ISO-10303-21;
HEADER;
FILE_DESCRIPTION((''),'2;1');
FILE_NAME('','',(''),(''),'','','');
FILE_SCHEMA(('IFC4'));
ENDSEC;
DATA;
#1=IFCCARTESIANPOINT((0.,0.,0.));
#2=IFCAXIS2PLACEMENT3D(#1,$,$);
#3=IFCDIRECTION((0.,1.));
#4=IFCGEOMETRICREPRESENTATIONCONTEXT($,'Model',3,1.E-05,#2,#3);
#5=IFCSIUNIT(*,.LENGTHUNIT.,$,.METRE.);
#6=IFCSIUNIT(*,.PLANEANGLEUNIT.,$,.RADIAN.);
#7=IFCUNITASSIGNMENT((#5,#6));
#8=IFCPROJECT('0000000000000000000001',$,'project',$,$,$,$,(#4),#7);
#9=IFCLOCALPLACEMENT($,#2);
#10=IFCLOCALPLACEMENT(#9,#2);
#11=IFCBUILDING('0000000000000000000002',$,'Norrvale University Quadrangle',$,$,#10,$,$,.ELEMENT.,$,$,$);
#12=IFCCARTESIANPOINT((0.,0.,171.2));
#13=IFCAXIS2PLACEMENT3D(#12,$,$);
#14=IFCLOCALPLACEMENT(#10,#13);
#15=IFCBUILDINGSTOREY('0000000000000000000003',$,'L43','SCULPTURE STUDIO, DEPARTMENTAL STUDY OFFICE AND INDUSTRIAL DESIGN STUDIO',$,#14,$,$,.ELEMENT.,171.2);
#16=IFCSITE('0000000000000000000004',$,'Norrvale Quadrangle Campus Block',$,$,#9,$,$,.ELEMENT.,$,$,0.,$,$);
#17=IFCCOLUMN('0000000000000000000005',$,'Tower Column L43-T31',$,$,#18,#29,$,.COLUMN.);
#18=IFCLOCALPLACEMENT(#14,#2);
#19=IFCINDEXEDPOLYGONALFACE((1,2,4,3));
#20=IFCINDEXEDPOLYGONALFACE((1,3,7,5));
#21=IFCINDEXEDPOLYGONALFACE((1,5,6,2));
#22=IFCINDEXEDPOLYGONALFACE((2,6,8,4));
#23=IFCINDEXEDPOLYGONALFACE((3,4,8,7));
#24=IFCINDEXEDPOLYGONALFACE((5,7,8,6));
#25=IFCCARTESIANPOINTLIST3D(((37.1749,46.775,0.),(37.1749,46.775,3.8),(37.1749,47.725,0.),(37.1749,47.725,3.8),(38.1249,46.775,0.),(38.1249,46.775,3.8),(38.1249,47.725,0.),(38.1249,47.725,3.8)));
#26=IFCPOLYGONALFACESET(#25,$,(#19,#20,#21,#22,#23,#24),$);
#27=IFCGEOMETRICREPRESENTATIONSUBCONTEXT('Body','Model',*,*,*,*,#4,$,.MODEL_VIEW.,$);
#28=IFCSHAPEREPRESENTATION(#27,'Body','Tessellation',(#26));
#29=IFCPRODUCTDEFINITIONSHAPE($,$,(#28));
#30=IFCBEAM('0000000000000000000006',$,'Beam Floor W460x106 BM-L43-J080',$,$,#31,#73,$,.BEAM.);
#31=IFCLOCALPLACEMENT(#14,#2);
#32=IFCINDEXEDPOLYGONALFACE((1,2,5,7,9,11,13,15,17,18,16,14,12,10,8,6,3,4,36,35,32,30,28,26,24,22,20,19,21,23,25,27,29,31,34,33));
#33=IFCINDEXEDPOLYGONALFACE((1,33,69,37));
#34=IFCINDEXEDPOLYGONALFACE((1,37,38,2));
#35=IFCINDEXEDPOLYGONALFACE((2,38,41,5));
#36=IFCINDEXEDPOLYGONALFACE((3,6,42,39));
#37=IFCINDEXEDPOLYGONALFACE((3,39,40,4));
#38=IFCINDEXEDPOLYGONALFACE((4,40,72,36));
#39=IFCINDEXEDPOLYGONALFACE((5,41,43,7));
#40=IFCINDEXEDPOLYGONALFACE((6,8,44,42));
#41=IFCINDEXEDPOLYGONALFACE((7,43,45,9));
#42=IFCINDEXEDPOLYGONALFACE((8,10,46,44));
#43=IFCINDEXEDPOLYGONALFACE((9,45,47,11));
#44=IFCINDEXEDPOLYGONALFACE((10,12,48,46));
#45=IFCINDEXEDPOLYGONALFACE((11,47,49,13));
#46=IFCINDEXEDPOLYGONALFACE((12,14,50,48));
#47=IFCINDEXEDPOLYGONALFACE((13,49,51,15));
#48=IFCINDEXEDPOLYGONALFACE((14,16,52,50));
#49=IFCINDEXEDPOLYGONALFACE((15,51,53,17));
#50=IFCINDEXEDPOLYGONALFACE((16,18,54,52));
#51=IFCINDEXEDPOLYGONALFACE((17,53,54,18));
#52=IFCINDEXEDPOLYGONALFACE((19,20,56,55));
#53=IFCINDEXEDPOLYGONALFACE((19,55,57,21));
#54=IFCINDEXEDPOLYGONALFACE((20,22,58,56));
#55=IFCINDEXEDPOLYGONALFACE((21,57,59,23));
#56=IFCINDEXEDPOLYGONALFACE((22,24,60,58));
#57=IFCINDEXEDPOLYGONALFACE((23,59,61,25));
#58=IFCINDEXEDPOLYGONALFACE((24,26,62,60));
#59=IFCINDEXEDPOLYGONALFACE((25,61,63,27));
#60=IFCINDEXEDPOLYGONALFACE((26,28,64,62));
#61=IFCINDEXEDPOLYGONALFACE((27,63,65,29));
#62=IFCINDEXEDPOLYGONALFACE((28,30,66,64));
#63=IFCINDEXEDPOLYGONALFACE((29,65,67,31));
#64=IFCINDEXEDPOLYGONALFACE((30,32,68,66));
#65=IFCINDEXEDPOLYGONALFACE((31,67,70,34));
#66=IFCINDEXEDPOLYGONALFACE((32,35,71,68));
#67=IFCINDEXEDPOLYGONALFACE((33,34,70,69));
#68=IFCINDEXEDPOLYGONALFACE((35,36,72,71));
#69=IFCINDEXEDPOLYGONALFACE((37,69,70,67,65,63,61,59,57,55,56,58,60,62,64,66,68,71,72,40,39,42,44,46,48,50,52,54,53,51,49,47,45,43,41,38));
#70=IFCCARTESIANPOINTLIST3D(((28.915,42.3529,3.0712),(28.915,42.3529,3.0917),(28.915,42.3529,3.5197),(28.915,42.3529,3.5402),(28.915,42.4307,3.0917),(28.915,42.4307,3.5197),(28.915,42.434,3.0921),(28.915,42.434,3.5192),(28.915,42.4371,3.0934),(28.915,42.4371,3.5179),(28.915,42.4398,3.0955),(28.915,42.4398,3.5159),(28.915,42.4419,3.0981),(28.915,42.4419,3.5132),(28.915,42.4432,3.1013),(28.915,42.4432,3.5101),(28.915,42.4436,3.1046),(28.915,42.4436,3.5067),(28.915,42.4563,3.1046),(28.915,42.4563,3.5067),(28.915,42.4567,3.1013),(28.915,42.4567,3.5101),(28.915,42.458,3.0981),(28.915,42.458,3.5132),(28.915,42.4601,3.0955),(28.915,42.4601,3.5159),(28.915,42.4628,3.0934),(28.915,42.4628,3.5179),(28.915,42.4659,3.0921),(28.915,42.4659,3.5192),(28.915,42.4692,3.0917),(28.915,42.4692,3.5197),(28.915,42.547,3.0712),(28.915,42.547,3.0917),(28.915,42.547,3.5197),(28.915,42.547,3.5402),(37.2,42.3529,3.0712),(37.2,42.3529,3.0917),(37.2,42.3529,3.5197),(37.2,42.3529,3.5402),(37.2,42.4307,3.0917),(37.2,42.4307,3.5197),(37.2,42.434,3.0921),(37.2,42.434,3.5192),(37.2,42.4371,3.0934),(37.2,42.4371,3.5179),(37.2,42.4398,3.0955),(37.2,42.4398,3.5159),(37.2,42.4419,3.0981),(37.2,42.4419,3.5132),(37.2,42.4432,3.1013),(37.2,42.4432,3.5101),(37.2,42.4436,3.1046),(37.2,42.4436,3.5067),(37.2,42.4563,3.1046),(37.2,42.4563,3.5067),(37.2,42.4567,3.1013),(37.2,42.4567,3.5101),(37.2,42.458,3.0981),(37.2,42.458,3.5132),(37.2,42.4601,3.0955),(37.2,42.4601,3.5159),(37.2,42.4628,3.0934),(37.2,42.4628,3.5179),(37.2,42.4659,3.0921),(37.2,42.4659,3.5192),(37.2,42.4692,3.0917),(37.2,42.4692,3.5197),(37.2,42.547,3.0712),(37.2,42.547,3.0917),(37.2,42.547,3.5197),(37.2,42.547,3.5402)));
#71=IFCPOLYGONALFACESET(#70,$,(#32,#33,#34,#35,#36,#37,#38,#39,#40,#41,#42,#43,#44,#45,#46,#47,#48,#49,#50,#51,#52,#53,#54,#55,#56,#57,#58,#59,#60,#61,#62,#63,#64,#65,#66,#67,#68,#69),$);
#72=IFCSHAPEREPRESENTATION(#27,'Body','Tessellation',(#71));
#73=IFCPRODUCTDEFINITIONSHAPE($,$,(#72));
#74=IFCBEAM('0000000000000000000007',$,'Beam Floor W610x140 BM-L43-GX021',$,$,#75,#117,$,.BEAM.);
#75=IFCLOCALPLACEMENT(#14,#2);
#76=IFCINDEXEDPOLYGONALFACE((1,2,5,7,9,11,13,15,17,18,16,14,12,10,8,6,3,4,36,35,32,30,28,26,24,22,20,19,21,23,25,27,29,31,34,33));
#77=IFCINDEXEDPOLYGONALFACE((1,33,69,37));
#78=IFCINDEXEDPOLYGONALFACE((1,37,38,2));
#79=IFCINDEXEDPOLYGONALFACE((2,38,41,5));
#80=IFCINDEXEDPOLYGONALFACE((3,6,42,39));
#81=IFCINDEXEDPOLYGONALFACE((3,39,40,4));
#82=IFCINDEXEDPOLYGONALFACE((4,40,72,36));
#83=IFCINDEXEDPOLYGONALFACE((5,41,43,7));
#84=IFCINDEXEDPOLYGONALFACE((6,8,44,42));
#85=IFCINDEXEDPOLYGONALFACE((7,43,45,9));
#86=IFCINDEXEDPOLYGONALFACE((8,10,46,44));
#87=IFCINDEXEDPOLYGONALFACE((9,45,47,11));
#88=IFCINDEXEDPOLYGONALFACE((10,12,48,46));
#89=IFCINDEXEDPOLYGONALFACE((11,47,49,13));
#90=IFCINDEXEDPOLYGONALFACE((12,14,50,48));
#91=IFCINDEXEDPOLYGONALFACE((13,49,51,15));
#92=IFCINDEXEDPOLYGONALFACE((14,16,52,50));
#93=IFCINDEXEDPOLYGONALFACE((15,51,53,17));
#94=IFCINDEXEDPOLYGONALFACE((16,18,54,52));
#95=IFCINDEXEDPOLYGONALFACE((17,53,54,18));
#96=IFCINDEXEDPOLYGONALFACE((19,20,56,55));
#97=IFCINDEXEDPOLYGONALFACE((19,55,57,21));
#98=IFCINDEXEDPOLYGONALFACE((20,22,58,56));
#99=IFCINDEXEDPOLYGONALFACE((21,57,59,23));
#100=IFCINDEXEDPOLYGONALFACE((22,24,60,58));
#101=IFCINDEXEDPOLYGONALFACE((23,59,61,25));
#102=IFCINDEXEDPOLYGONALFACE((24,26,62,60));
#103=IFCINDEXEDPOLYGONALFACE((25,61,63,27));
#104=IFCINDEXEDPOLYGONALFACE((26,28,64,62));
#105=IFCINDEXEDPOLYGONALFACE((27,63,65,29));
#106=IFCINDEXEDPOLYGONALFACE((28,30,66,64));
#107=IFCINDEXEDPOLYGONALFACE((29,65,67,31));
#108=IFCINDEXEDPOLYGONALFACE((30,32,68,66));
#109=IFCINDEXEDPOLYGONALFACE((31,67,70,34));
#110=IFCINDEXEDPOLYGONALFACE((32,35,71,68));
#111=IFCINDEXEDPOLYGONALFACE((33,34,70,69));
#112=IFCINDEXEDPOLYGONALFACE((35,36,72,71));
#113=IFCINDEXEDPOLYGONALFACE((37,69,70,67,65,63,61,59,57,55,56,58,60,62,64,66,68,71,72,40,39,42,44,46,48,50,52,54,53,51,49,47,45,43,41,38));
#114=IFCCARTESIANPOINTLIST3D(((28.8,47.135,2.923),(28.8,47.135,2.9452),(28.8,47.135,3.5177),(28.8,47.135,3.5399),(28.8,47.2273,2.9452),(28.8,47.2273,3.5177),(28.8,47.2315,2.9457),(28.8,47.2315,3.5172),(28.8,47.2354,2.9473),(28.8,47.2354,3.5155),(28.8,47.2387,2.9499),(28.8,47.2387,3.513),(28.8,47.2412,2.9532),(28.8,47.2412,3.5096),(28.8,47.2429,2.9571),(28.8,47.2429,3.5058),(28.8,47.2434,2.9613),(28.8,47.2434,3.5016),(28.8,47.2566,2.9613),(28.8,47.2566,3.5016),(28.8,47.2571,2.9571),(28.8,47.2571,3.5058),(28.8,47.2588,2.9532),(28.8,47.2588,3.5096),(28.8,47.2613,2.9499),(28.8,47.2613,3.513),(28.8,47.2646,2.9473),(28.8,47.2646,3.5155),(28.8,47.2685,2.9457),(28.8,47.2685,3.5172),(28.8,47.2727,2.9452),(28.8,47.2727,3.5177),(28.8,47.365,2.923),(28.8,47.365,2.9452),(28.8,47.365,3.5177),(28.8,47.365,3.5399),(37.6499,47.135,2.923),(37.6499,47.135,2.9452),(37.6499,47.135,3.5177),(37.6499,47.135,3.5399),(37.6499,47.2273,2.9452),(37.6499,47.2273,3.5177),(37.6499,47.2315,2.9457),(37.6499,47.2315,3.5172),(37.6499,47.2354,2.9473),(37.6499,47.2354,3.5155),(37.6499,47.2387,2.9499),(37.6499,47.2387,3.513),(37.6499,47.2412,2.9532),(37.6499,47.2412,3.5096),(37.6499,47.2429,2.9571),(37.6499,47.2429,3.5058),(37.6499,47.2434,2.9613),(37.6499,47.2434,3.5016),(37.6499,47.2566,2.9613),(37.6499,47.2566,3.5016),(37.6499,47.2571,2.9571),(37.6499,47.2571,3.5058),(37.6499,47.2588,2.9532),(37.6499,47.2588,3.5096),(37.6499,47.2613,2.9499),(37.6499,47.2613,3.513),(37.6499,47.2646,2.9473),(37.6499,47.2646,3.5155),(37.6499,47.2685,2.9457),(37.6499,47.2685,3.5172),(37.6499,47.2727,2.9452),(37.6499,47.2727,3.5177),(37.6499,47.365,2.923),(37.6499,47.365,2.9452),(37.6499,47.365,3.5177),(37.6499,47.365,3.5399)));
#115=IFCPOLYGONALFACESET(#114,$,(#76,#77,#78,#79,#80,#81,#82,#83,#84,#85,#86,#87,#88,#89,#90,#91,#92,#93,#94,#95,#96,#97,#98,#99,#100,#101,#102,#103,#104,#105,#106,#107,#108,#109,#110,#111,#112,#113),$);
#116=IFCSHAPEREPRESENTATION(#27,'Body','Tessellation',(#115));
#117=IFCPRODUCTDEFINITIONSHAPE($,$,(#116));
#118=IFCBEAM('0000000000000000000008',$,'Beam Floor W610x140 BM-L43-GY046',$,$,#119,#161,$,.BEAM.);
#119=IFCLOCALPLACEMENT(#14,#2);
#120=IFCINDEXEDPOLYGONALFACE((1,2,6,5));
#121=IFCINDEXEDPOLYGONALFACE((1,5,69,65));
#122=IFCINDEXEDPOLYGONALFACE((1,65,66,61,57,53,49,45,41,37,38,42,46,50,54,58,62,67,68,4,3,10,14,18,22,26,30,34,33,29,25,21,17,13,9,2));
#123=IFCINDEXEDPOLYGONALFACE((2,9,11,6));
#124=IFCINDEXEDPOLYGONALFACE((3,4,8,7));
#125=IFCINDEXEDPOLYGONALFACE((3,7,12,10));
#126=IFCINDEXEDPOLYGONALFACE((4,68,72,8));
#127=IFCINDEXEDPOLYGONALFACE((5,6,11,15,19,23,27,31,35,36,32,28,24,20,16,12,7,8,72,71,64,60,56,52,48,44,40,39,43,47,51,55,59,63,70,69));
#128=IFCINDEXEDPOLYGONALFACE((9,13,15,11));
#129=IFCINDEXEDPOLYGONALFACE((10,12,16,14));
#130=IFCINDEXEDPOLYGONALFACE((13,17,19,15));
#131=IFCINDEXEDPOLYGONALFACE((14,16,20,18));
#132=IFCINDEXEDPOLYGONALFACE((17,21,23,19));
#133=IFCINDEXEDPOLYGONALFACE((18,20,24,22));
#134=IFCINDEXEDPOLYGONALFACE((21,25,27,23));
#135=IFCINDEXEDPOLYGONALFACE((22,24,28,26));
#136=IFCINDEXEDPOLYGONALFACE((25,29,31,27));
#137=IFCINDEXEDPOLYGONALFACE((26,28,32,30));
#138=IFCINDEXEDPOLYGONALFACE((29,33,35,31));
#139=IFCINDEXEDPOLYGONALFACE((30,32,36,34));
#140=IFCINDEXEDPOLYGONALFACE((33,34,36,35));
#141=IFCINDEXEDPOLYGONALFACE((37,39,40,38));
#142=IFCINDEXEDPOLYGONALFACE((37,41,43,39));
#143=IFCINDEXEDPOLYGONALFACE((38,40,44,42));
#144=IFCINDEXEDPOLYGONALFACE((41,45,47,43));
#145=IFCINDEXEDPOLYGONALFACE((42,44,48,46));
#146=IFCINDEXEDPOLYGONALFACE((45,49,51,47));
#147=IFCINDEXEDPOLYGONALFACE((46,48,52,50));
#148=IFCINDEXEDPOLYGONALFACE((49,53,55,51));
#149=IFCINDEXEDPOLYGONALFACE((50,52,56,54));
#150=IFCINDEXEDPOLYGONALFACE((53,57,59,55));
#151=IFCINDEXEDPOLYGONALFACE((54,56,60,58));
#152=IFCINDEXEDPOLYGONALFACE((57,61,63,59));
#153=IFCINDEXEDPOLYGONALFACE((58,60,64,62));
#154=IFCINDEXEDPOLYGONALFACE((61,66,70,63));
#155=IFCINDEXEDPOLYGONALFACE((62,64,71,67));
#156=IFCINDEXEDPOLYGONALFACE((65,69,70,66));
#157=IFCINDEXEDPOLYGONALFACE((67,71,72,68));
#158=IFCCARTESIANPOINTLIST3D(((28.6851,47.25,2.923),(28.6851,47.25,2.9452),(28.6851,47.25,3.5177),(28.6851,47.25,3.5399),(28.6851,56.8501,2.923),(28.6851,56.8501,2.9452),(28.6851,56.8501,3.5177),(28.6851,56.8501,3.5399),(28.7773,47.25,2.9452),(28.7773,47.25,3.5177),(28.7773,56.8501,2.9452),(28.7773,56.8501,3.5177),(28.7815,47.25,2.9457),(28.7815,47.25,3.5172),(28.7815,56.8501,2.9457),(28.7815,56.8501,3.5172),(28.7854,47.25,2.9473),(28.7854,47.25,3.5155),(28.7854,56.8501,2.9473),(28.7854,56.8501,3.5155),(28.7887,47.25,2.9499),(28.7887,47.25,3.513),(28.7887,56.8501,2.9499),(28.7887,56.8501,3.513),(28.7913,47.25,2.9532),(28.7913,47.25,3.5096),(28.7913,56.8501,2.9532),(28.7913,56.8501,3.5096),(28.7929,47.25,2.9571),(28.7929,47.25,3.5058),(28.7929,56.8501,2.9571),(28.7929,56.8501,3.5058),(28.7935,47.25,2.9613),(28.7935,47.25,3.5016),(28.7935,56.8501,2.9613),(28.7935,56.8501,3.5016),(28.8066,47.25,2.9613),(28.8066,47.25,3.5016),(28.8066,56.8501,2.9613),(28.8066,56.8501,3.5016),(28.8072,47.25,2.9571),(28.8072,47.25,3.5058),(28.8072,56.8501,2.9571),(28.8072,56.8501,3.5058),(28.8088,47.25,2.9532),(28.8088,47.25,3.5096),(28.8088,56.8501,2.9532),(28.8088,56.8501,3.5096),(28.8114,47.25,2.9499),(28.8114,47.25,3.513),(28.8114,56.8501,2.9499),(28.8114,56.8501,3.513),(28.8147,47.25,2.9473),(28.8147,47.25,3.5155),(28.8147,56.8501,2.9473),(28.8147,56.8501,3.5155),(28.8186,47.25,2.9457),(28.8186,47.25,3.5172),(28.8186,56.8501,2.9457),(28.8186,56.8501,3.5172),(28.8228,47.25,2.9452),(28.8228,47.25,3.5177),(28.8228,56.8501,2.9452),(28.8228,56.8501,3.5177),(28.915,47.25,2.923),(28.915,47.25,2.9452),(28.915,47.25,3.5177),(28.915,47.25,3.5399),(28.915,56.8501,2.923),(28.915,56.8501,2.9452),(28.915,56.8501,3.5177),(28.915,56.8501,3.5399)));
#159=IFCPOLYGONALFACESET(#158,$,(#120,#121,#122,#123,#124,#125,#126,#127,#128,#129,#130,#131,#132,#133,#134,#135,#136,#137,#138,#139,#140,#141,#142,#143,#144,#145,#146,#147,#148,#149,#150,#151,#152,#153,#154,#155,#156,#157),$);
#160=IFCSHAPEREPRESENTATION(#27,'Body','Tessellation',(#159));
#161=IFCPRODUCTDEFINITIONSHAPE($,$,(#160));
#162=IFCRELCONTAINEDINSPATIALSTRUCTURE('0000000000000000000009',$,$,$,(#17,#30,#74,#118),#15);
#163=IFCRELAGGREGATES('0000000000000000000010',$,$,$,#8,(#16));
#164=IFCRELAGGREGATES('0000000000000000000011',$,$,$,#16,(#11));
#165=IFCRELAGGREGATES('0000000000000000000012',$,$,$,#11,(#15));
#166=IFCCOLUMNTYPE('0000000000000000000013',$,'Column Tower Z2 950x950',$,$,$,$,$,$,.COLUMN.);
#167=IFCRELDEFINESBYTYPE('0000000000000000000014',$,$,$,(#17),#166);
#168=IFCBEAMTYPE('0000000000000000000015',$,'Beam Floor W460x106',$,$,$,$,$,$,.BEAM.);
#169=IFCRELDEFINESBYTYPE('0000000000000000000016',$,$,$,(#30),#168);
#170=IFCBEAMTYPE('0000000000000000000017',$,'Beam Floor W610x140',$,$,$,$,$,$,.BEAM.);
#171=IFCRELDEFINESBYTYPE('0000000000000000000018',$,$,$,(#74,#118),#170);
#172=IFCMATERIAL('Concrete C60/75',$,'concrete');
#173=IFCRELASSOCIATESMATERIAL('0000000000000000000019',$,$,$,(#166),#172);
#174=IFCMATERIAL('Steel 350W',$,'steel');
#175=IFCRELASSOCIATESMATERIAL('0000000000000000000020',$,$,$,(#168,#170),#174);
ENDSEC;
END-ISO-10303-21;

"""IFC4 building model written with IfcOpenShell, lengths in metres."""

from ifc_helpers import new_model, si_unit, direction, frame, origin, origin_2d, place, context, subcontext, project, spatial, rectangle, i_section, extrude, material, material_profile, profile_set, type_object, element, save


model = new_model("IFC4")

# Units and contexts
model_context = context("Model", 3, precision=1e-05, world=origin(), true_north=direction((0.0, 1.0)))
body_context = subcontext(model_context, "Body", "Model", "MODEL_VIEW")
ifc_project = project(units=[si_unit("LENGTHUNIT", "METRE"), si_unit("PLANEANGLEUNIT", "RADIAN")], contexts=[model_context])

# Site, building, storey
site_placement = place(None, origin())
site = spatial("IfcSite", under=ifc_project, at=site_placement, Name="Norrvale Quadrangle Campus Block", CompositionType="ELEMENT", RefElevation=0.0)
building_placement = place(site_placement, origin())
building = spatial("IfcBuilding", under=site, at=building_placement, Name="Norrvale University Quadrangle", CompositionType="ELEMENT")
storey_placement = place(building_placement, frame((0.0, 0.0, 171.2)))
storey = spatial("IfcBuildingStorey", under=building, at=storey_placement, Name="L43", Description="SCULPTURE STUDIO, DEPARTMENTAL STUDY OFFICE AND INDUSTRIAL DESIGN STUDIO", CompositionType="ELEMENT", Elevation=171.2)

# Column
ifc_material_1 = material(Name="Concrete C60/75", Category="concrete")
ifc_material_profile_1 = material_profile(ifc_material_1, rectangle(XDim=0.95, YDim=0.95, at=origin_2d()), Name="Concrete C60/75")
ifc_profile_set_1 = profile_set([ifc_material_profile_1], Name="Concrete C60/75")
column_type = type_object("IfcColumnType", Name="Column Tower Z2 950x950", PredefinedType="COLUMN", material=ifc_profile_set_1)
column_placement = place(storey_placement, frame((37.6499, 47.25, 0.0), z_axis=(0.0, 0.0, 1.0), x_axis=(1.0, 0.0, 0.0)))
element("IfcColumn", 1, at=column_placement, inside=storey, type_object=column_type, Name="Tower Column L43-T31", PredefinedType="COLUMN", context=body_context, shape_type="SweptSolid", body=[
    extrude(rectangle(XDim=0.95, YDim=0.95, at=origin_2d()), origin(), (0.0, 0.0, 1.0), 3.8),
])

# Beams
ifc_material_2 = material(Name="Steel 350W", Category="steel")
ifc_material_profile_2 = material_profile(ifc_material_2, i_section(OverallWidth=0.1941, OverallDepth=0.469, WebThickness=0.0127, FlangeThickness=0.0205, FilletRadius=0.0129, at=origin_2d()), Name="Steel 350W")
ifc_profile_set_2 = profile_set([ifc_material_profile_2], Name="Steel 350W")
beam_type_1 = type_object("IfcBeamType", Name="Beam Floor W460x106", PredefinedType="BEAM", material=ifc_profile_set_2)
beam_1_placement = place(storey_placement, frame((28.915, 42.45, 3.3057), z_axis=(1.0, 0.0, 0.0), x_axis=(0.0, 1.0, 0.0)))
element("IfcBeam", 2, at=beam_1_placement, inside=storey, type_object=beam_type_1, Name="Beam Floor W460x106 BM-L43-J080", PredefinedType="BEAM", context=body_context, shape_type="SweptSolid", body=[
    extrude(i_section(OverallWidth=0.1941, OverallDepth=0.469, WebThickness=0.0127, FlangeThickness=0.0205, FilletRadius=0.0129, at=origin_2d()), origin(), (0.0, 0.0, 1.0), 8.2849),
])
ifc_material_profile_3 = material_profile(ifc_material_2, i_section(OverallWidth=0.23, OverallDepth=0.6169, WebThickness=0.0132, FlangeThickness=0.0222, FilletRadius=0.0161, at=origin_2d()), Name="Steel 350W")
ifc_profile_set_3 = profile_set([ifc_material_profile_3], Name="Steel 350W")
beam_type_2 = type_object("IfcBeamType", Name="Beam Floor W610x140", PredefinedType="BEAM", material=ifc_profile_set_3)
beam_2_placement = place(storey_placement, frame((28.8, 47.25, 3.2314), z_axis=(1.0, 0.0, 0.0), x_axis=(0.0, 1.0, 0.0)))
element("IfcBeam", 3, at=beam_2_placement, inside=storey, type_object=beam_type_2, Name="Beam Floor W610x140 BM-L43-GX021", PredefinedType="BEAM", context=body_context, shape_type="SweptSolid", body=[
    extrude(i_section(OverallWidth=0.23, OverallDepth=0.6169, WebThickness=0.0132, FlangeThickness=0.0222, FilletRadius=0.0161, at=origin_2d()), origin(), (0.0, 0.0, 1.0), 8.8499),
])
for number, where, z_axis, x_axis, name in (
    (4, (28.8, 47.25, 3.2314), (0.0, 1.0, 0.0), (-1.0, 0.0, 0.0), "Beam Floor W610x140 BM-L43-GY046"),
):
    element("IfcBeam", number, at=place(storey_placement, frame(where, z_axis=z_axis, x_axis=x_axis)), inside=storey, type_object=beam_type_2, Name=name, PredefinedType="BEAM", context=body_context, shape_type="SweptSolid", body=[
        extrude(i_section(OverallWidth=0.23, OverallDepth=0.6169, WebThickness=0.0132, FlangeThickness=0.0222, FilletRadius=0.0161, at=origin_2d()), origin(), (0.0, 0.0, 1.0), 9.6001),
    ])

save(model, "model.ifc")
